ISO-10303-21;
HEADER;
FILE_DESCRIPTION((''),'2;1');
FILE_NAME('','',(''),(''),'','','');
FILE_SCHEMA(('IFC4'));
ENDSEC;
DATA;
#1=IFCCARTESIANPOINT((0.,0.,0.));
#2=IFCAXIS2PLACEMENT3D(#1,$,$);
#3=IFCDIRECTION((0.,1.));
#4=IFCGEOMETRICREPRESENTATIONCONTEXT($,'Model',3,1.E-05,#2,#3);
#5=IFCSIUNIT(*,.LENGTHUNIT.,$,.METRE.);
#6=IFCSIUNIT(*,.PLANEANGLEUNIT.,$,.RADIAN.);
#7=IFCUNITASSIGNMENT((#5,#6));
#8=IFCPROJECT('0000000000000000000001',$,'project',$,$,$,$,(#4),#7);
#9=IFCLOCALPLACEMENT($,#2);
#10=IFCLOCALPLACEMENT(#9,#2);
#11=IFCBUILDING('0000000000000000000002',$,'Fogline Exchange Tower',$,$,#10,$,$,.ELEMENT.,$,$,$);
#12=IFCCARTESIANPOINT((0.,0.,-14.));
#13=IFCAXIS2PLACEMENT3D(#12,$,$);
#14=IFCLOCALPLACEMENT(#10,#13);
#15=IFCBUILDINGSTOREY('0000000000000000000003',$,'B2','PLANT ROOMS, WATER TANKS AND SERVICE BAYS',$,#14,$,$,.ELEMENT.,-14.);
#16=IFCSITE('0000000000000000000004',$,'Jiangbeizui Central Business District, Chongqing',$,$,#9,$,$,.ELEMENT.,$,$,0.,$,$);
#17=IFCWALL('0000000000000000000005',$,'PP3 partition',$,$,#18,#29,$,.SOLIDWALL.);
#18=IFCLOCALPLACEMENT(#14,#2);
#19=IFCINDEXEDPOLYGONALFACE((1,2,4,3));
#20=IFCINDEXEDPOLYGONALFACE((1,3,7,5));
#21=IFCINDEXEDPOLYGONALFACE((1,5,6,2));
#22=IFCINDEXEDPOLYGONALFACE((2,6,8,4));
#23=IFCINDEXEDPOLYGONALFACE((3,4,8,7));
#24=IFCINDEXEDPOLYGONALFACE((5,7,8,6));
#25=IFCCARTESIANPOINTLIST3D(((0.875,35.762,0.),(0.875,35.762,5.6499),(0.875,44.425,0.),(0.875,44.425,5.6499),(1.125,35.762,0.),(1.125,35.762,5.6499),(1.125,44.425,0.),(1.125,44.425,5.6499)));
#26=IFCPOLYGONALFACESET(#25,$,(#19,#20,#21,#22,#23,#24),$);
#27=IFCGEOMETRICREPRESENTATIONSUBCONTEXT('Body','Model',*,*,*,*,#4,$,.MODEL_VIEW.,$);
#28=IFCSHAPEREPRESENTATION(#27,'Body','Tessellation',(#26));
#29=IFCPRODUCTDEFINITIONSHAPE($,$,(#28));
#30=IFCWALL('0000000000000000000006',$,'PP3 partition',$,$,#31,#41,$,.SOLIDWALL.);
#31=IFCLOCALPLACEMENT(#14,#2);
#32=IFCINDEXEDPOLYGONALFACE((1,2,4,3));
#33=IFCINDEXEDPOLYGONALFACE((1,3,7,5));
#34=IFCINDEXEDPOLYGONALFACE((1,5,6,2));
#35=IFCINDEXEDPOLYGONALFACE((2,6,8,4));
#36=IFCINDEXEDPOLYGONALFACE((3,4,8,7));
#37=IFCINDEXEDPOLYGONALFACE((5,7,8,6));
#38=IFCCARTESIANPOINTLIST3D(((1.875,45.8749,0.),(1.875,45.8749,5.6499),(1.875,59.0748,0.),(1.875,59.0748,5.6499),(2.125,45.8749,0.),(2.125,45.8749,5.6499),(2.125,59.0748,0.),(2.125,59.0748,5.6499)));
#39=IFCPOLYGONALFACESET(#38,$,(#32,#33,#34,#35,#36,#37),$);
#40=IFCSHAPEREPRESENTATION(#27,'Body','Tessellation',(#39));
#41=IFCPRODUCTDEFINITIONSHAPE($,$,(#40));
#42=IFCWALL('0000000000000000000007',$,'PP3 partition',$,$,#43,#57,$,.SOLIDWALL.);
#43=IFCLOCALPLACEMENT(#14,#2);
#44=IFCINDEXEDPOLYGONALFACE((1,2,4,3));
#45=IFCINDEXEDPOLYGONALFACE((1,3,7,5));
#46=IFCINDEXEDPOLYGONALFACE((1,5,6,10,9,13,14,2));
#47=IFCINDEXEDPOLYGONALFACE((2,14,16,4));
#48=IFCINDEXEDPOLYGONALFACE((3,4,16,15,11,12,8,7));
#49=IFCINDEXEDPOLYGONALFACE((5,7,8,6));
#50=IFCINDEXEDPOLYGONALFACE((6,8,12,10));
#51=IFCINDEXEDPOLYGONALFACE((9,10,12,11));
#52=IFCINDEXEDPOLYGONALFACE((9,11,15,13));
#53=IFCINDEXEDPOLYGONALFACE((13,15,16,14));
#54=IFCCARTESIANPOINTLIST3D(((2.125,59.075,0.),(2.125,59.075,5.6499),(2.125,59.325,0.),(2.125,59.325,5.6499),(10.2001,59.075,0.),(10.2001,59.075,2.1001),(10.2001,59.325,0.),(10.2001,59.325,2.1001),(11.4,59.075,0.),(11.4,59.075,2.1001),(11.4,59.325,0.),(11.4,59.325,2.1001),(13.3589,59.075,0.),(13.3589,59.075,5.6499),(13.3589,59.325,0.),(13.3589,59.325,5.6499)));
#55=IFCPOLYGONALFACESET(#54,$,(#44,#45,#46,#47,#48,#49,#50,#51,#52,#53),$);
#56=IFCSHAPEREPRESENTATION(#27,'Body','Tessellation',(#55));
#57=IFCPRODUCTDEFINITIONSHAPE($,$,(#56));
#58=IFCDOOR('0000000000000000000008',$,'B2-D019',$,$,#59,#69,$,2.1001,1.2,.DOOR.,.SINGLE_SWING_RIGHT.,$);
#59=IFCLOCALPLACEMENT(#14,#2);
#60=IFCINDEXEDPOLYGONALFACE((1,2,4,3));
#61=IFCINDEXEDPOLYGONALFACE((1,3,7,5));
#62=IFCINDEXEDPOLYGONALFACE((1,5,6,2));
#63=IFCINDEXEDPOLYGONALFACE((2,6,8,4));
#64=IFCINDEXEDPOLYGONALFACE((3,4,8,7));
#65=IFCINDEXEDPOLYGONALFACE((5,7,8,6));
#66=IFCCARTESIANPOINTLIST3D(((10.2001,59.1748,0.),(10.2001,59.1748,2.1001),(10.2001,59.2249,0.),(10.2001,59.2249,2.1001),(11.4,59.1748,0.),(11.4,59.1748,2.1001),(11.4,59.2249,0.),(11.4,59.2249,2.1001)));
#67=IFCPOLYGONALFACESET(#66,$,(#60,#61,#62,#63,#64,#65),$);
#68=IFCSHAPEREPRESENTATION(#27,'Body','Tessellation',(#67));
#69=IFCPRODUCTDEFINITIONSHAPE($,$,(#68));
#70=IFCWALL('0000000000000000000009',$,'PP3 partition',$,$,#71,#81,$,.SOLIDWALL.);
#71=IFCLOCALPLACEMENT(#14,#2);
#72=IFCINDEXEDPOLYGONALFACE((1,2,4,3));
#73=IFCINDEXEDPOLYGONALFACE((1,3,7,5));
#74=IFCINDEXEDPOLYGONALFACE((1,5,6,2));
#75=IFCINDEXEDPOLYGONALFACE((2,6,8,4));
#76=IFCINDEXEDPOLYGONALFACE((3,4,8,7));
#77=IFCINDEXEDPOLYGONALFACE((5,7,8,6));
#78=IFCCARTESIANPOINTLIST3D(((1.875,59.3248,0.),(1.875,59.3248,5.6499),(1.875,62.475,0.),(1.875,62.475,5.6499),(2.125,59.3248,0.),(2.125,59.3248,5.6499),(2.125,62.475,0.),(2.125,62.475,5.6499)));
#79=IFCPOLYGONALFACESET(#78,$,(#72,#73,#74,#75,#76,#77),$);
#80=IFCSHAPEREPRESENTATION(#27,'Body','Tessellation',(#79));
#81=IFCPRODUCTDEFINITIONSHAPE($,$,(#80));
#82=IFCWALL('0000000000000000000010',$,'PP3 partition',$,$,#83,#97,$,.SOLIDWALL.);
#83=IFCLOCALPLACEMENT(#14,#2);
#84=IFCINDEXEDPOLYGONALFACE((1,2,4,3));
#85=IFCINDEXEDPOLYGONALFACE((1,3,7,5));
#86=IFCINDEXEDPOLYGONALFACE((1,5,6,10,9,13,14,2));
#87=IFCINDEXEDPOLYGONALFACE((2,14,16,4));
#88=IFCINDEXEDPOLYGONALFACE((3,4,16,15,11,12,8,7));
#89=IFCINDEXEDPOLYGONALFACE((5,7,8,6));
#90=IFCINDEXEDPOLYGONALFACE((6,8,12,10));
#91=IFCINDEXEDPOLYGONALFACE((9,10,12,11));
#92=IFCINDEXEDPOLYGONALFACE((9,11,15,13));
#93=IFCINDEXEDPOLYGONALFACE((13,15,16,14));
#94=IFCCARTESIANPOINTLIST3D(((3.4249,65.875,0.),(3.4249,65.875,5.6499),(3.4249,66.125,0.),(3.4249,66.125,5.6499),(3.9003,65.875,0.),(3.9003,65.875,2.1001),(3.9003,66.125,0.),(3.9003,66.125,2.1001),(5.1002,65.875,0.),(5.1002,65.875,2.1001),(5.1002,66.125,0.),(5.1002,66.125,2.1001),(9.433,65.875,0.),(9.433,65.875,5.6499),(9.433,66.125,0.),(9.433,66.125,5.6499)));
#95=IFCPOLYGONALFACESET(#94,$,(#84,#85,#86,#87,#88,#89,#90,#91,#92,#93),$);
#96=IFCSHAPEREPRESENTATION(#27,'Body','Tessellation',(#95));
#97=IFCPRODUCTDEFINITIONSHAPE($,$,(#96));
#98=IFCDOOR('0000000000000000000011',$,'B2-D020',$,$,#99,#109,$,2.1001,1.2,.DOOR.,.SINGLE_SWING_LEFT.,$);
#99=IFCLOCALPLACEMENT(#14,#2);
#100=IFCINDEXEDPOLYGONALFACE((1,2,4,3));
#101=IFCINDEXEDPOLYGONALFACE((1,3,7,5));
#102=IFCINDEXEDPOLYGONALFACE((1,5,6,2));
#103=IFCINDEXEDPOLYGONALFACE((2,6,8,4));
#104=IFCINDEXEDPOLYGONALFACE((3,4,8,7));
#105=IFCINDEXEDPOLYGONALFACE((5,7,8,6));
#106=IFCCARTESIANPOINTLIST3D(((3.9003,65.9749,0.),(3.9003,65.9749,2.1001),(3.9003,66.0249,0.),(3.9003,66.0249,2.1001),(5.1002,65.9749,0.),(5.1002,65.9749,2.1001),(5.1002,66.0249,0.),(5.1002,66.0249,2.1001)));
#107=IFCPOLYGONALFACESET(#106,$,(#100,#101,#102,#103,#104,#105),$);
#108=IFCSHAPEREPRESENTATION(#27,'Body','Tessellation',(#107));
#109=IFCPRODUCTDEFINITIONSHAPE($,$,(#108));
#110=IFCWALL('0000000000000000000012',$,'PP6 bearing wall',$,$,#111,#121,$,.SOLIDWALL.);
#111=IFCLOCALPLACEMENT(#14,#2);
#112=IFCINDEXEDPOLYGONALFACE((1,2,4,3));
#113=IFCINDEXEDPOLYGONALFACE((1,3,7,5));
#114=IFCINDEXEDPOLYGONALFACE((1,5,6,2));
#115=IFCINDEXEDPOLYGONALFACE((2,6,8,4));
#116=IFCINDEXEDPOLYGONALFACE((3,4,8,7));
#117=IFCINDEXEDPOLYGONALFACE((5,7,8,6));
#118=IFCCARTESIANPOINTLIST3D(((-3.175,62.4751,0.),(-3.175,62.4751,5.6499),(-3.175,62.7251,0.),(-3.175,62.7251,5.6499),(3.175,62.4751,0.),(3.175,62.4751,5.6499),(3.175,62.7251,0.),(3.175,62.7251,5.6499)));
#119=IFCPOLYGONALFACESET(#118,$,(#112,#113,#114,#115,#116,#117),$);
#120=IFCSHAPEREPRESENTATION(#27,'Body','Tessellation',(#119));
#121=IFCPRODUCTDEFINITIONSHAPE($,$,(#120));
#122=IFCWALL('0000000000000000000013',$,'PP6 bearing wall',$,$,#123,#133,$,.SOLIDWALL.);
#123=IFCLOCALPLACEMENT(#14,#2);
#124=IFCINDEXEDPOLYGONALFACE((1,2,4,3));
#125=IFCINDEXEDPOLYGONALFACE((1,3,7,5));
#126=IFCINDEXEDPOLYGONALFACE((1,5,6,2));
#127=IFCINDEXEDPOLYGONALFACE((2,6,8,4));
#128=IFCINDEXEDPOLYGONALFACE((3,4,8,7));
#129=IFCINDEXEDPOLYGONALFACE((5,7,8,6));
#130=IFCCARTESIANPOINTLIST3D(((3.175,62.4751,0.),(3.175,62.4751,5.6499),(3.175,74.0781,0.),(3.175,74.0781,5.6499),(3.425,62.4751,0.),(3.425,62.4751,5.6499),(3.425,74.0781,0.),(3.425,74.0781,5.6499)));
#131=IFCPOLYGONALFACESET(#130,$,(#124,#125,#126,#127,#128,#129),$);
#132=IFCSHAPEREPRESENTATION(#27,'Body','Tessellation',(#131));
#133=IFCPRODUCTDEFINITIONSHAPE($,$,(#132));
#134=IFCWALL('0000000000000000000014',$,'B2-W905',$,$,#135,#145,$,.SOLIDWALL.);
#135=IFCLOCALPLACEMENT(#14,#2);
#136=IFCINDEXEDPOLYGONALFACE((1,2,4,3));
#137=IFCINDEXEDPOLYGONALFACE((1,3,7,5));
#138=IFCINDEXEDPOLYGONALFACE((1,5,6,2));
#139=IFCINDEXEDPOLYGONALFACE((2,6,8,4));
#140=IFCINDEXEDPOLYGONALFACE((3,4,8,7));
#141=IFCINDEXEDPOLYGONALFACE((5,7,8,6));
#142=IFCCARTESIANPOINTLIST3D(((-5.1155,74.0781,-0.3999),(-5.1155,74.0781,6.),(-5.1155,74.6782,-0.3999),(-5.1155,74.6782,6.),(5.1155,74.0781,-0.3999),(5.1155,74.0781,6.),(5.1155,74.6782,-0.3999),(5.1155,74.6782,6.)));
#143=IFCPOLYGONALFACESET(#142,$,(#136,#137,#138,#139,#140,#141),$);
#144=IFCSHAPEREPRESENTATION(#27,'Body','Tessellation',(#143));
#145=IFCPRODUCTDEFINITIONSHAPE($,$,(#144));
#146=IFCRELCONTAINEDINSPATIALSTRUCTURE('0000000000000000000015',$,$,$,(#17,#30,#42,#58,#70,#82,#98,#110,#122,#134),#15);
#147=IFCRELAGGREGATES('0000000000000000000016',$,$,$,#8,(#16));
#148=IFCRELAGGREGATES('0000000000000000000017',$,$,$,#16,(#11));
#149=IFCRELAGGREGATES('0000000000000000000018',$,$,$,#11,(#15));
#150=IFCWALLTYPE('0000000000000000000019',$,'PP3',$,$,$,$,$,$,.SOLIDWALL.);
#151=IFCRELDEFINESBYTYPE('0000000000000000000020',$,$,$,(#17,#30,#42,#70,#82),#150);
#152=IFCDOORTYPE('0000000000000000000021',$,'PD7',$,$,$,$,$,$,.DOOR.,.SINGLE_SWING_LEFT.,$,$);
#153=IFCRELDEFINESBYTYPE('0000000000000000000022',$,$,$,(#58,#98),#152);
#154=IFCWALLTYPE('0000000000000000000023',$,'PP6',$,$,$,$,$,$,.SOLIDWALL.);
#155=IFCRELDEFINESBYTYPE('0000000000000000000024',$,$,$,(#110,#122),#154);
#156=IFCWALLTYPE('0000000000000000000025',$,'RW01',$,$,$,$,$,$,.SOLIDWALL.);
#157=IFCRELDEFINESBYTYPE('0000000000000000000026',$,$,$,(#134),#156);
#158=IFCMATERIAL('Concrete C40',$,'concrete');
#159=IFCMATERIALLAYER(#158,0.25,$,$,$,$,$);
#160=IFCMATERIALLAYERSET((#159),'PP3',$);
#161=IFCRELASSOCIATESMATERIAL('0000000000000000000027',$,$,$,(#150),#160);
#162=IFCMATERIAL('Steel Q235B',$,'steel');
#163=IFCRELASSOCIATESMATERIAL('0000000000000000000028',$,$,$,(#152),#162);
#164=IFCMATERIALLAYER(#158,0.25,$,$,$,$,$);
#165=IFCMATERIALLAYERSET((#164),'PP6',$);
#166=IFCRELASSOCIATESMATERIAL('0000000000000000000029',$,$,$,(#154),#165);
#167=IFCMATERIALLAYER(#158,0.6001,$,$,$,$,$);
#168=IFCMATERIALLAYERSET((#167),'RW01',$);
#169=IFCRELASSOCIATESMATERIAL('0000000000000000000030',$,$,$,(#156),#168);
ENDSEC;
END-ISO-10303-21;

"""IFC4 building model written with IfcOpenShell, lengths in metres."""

from ifc_helpers import new_model, si_unit, direction, frame, frame_2d, origin, place, context, subcontext, project, spatial, rectangle, extrude, material, layer, layer_set, type_object, element, fill, save


model = new_model("IFC4")

# Units and contexts
model_context = context("Model", 3, precision=1e-05, world=origin(), true_north=direction((0.0, 1.0)))
body_context = subcontext(model_context, "Body", "Model", "MODEL_VIEW")
ifc_project = project(units=[si_unit("LENGTHUNIT", "METRE"), si_unit("PLANEANGLEUNIT", "RADIAN")], contexts=[model_context])

# Site, building, storey
site_placement = place(None, origin())
site = spatial("IfcSite", under=ifc_project, at=site_placement, Name="Jiangbeizui Central Business District, Chongqing", CompositionType="ELEMENT", RefElevation=0.0)
building_placement = place(site_placement, origin())
building = spatial("IfcBuilding", under=site, at=building_placement, Name="Fogline Exchange Tower", CompositionType="ELEMENT")
storey_placement = place(building_placement, frame((0.0, 0.0, -14.0)))
storey = spatial("IfcBuildingStorey", under=building, at=storey_placement, Name="B2", Description="PLANT ROOMS, WATER TANKS AND SERVICE BAYS", CompositionType="ELEMENT", Elevation=-14.0)

# Shared definitions
ifc_material_1 = material(Name="Concrete C40", Category="concrete")

# Shared definitions
ifc_layer_1 = layer(ifc_material_1, 0.25)
ifc_layer_set_1 = layer_set([ifc_layer_1], Name="PP3")
wall_type_1 = type_object("IfcWallType", Name="PP3", PredefinedType="SOLIDWALL", material=ifc_layer_set_1)
ifc_material_2 = material(Name="Steel Q235B", Category="steel")
door_type = type_object("IfcDoorType", Name="PD7", OperationType="SINGLE_SWING_LEFT", PredefinedType="DOOR", material=ifc_material_2)

# Walls
wall_1_placement = place(storey_placement, frame((1.0, 44.425, 0.0), z_axis=(0.0, 0.0, 1.0), x_axis=(0.0, -1.0, 0.0)))
element("IfcWall", 1, at=wall_1_placement, inside=storey, type_object=wall_type_1, Name="PP3 partition", PredefinedType="SOLIDWALL", context=body_context, shape_type="SweptSolid", body=[
    extrude(rectangle(XDim=8.6631, YDim=0.25, at=frame_2d((4.3315, 0.0))), origin(), (0.0, 0.0, 1.0), 5.6499),
])
wall_2_placement = place(storey_placement, frame((2.0, 59.075, 0.0), z_axis=(0.0, 0.0, 1.0), x_axis=(0.0, -1.0, 0.0)))
element("IfcWall", 2, at=wall_2_placement, inside=storey, type_object=wall_type_1, Name="PP3 partition", PredefinedType="SOLIDWALL", context=body_context, shape_type="SweptSolid", body=[
    extrude(rectangle(XDim=13.2, YDim=0.25, at=frame_2d((6.6001, 0.0))), origin(), (0.0, 0.0, 1.0), 5.6499),
])

# Wall, opening, door
wall_3_placement = place(storey_placement, frame((2.125, 59.2, 0.0), z_axis=(0.0, 0.0, 1.0), x_axis=(1.0, 0.0, 0.0)))
wall_3 = element("IfcWall", 3, at=wall_3_placement, inside=storey, type_object=wall_type_1, Name="PP3 partition", PredefinedType="SOLIDWALL", context=body_context, shape_type="SweptSolid", body=[
    extrude(rectangle(XDim=11.2339, YDim=0.25, at=frame_2d((5.6169, 0.0))), origin(), (0.0, 0.0, 1.0), 5.6499),
])
opening_1_placement = place(wall_3_placement, frame((8.075, 0.0, 0.0)))
opening_1 = element("IfcOpeningElement", 4, at=opening_1_placement, cuts=wall_3, PredefinedType="OPENING", context=body_context, shape_type="SweptSolid", body=[
    extrude(rectangle(XDim=1.2, YDim=2.1001, at=frame_2d((0.6001, 1.05))), frame((0.0, 0.135, 0.0), z_axis=(0.0, -1.0, 0.0), x_axis=(1.0, 0.0, 0.0)), (0.0, 0.0, 1.0), 0.27),
])
door_1_placement = place(opening_1_placement, origin())
door_1 = element("IfcDoor", 5, at=door_1_placement, inside=storey, type_object=door_type, Name="B2-D019", OperationType="SINGLE_SWING_RIGHT", OverallHeight=2.1001, OverallWidth=1.2, PredefinedType="DOOR", context=body_context, shape_type="SweptSolid", body=[
    extrude(rectangle(XDim=1.2, YDim=2.1001, at=frame_2d((0.6001, 1.05))), frame((0.0, 0.0249, 0.0), z_axis=(0.0, -1.0, 0.0), x_axis=(1.0, 0.0, 0.0)), (0.0, 0.0, 1.0), 0.05),
])
fill(opening_1, door_1)

# Wall
wall_4_placement = place(storey_placement, frame((2.0, 62.4751, 0.0), z_axis=(0.0, 0.0, 1.0), x_axis=(0.0, -1.0, 0.0)))
element("IfcWall", 6, at=wall_4_placement, inside=storey, type_object=wall_type_1, Name="PP3 partition", PredefinedType="SOLIDWALL", context=body_context, shape_type="SweptSolid", body=[
    extrude(rectangle(XDim=3.1501, YDim=0.25, at=frame_2d((1.5752, 0.0))), origin(), (0.0, 0.0, 1.0), 5.6499),
])

# Wall, opening, door
wall_5_placement = place(storey_placement, frame((3.425, 66.0, 0.0), z_axis=(0.0, 0.0, 1.0), x_axis=(1.0, 0.0, 0.0)))
wall_5 = element("IfcWall", 7, at=wall_5_placement, inside=storey, type_object=wall_type_1, Name="PP3 partition", PredefinedType="SOLIDWALL", context=body_context, shape_type="SweptSolid", body=[
    extrude(rectangle(XDim=6.0081, YDim=0.25, at=frame_2d((3.0039, 0.0))), origin(), (0.0, 0.0, 1.0), 5.6499),
])
opening_2_placement = place(wall_5_placement, frame((0.4751, 0.0, 0.0)))
opening_2 = element("IfcOpeningElement", 8, at=opening_2_placement, cuts=wall_5, PredefinedType="OPENING", context=body_context, shape_type="SweptSolid", body=[
    extrude(rectangle(XDim=1.2, YDim=2.1001, at=frame_2d((0.6001, 1.05))), frame((0.0, 0.135, 0.0), z_axis=(0.0, -1.0, 0.0), x_axis=(1.0, 0.0, 0.0)), (0.0, 0.0, 1.0), 0.27),
])
door_2_placement = place(opening_2_placement, origin())
door_2 = element("IfcDoor", 9, at=door_2_placement, inside=storey, type_object=door_type, Name="B2-D020", OperationType="SINGLE_SWING_LEFT", OverallHeight=2.1001, OverallWidth=1.2, PredefinedType="DOOR", context=body_context, shape_type="SweptSolid", body=[
    extrude(rectangle(XDim=1.2, YDim=2.1001, at=frame_2d((0.6001, 1.05))), frame((0.0, 0.0249, 0.0), z_axis=(0.0, -1.0, 0.0), x_axis=(1.0, 0.0, 0.0)), (0.0, 0.0, 1.0), 0.05),
])
fill(opening_2, door_2)

# Walls
ifc_layer_2 = layer(ifc_material_1, 0.25)
ifc_layer_set_2 = layer_set([ifc_layer_2], Name="PP6")
wall_type_2 = type_object("IfcWallType", Name="PP6", PredefinedType="SOLIDWALL", material=ifc_layer_set_2)
wall_6_placement = place(storey_placement, frame((3.175, 62.6001, 0.0), z_axis=(0.0, 0.0, 1.0), x_axis=(-1.0, 0.0, 0.0)))
element("IfcWall", 10, at=wall_6_placement, inside=storey, type_object=wall_type_2, Name="PP6 bearing wall", PredefinedType="SOLIDWALL", context=body_context, shape_type="SweptSolid", body=[
    extrude(rectangle(XDim=6.3501, YDim=0.25, at=frame_2d((3.175, 0.0))), origin(), (0.0, 0.0, 1.0), 5.6499),
])
wall_7_placement = place(storey_placement, frame((3.3, 74.0781, 0.0), z_axis=(0.0, 0.0, 1.0), x_axis=(0.0, -1.0, 0.0)))
element("IfcWall", 11, at=wall_7_placement, inside=storey, type_object=wall_type_2, Name="PP6 bearing wall", PredefinedType="SOLIDWALL", context=body_context, shape_type="SweptSolid", body=[
    extrude(rectangle(XDim=11.603, YDim=0.25, at=frame_2d((5.8015, 0.0))), origin(), (0.0, 0.0, 1.0), 5.6499),
])
ifc_layer_3 = layer(ifc_material_1, 0.6001)
ifc_layer_set_3 = layer_set([ifc_layer_3], Name="RW01")
wall_type_3 = type_object("IfcWallType", Name="RW01", PredefinedType="SOLIDWALL", material=ifc_layer_set_3)
wall_8_placement = place(storey_placement, frame((5.1155, 74.3782, -0.3999), z_axis=(0.0, 0.0, 1.0), x_axis=(-1.0, 0.0, 0.0)))
element("IfcWall", 12, at=wall_8_placement, inside=storey, type_object=wall_type_3, Name="B2-W905", PredefinedType="SOLIDWALL", context=body_context, shape_type="SweptSolid", body=[
    extrude(rectangle(XDim=10.231, YDim=0.6001, at=frame_2d((5.1155, 0.0))), origin(), (0.0, 0.0, 1.0), 6.3999),
])

save(model, "model.ifc")
